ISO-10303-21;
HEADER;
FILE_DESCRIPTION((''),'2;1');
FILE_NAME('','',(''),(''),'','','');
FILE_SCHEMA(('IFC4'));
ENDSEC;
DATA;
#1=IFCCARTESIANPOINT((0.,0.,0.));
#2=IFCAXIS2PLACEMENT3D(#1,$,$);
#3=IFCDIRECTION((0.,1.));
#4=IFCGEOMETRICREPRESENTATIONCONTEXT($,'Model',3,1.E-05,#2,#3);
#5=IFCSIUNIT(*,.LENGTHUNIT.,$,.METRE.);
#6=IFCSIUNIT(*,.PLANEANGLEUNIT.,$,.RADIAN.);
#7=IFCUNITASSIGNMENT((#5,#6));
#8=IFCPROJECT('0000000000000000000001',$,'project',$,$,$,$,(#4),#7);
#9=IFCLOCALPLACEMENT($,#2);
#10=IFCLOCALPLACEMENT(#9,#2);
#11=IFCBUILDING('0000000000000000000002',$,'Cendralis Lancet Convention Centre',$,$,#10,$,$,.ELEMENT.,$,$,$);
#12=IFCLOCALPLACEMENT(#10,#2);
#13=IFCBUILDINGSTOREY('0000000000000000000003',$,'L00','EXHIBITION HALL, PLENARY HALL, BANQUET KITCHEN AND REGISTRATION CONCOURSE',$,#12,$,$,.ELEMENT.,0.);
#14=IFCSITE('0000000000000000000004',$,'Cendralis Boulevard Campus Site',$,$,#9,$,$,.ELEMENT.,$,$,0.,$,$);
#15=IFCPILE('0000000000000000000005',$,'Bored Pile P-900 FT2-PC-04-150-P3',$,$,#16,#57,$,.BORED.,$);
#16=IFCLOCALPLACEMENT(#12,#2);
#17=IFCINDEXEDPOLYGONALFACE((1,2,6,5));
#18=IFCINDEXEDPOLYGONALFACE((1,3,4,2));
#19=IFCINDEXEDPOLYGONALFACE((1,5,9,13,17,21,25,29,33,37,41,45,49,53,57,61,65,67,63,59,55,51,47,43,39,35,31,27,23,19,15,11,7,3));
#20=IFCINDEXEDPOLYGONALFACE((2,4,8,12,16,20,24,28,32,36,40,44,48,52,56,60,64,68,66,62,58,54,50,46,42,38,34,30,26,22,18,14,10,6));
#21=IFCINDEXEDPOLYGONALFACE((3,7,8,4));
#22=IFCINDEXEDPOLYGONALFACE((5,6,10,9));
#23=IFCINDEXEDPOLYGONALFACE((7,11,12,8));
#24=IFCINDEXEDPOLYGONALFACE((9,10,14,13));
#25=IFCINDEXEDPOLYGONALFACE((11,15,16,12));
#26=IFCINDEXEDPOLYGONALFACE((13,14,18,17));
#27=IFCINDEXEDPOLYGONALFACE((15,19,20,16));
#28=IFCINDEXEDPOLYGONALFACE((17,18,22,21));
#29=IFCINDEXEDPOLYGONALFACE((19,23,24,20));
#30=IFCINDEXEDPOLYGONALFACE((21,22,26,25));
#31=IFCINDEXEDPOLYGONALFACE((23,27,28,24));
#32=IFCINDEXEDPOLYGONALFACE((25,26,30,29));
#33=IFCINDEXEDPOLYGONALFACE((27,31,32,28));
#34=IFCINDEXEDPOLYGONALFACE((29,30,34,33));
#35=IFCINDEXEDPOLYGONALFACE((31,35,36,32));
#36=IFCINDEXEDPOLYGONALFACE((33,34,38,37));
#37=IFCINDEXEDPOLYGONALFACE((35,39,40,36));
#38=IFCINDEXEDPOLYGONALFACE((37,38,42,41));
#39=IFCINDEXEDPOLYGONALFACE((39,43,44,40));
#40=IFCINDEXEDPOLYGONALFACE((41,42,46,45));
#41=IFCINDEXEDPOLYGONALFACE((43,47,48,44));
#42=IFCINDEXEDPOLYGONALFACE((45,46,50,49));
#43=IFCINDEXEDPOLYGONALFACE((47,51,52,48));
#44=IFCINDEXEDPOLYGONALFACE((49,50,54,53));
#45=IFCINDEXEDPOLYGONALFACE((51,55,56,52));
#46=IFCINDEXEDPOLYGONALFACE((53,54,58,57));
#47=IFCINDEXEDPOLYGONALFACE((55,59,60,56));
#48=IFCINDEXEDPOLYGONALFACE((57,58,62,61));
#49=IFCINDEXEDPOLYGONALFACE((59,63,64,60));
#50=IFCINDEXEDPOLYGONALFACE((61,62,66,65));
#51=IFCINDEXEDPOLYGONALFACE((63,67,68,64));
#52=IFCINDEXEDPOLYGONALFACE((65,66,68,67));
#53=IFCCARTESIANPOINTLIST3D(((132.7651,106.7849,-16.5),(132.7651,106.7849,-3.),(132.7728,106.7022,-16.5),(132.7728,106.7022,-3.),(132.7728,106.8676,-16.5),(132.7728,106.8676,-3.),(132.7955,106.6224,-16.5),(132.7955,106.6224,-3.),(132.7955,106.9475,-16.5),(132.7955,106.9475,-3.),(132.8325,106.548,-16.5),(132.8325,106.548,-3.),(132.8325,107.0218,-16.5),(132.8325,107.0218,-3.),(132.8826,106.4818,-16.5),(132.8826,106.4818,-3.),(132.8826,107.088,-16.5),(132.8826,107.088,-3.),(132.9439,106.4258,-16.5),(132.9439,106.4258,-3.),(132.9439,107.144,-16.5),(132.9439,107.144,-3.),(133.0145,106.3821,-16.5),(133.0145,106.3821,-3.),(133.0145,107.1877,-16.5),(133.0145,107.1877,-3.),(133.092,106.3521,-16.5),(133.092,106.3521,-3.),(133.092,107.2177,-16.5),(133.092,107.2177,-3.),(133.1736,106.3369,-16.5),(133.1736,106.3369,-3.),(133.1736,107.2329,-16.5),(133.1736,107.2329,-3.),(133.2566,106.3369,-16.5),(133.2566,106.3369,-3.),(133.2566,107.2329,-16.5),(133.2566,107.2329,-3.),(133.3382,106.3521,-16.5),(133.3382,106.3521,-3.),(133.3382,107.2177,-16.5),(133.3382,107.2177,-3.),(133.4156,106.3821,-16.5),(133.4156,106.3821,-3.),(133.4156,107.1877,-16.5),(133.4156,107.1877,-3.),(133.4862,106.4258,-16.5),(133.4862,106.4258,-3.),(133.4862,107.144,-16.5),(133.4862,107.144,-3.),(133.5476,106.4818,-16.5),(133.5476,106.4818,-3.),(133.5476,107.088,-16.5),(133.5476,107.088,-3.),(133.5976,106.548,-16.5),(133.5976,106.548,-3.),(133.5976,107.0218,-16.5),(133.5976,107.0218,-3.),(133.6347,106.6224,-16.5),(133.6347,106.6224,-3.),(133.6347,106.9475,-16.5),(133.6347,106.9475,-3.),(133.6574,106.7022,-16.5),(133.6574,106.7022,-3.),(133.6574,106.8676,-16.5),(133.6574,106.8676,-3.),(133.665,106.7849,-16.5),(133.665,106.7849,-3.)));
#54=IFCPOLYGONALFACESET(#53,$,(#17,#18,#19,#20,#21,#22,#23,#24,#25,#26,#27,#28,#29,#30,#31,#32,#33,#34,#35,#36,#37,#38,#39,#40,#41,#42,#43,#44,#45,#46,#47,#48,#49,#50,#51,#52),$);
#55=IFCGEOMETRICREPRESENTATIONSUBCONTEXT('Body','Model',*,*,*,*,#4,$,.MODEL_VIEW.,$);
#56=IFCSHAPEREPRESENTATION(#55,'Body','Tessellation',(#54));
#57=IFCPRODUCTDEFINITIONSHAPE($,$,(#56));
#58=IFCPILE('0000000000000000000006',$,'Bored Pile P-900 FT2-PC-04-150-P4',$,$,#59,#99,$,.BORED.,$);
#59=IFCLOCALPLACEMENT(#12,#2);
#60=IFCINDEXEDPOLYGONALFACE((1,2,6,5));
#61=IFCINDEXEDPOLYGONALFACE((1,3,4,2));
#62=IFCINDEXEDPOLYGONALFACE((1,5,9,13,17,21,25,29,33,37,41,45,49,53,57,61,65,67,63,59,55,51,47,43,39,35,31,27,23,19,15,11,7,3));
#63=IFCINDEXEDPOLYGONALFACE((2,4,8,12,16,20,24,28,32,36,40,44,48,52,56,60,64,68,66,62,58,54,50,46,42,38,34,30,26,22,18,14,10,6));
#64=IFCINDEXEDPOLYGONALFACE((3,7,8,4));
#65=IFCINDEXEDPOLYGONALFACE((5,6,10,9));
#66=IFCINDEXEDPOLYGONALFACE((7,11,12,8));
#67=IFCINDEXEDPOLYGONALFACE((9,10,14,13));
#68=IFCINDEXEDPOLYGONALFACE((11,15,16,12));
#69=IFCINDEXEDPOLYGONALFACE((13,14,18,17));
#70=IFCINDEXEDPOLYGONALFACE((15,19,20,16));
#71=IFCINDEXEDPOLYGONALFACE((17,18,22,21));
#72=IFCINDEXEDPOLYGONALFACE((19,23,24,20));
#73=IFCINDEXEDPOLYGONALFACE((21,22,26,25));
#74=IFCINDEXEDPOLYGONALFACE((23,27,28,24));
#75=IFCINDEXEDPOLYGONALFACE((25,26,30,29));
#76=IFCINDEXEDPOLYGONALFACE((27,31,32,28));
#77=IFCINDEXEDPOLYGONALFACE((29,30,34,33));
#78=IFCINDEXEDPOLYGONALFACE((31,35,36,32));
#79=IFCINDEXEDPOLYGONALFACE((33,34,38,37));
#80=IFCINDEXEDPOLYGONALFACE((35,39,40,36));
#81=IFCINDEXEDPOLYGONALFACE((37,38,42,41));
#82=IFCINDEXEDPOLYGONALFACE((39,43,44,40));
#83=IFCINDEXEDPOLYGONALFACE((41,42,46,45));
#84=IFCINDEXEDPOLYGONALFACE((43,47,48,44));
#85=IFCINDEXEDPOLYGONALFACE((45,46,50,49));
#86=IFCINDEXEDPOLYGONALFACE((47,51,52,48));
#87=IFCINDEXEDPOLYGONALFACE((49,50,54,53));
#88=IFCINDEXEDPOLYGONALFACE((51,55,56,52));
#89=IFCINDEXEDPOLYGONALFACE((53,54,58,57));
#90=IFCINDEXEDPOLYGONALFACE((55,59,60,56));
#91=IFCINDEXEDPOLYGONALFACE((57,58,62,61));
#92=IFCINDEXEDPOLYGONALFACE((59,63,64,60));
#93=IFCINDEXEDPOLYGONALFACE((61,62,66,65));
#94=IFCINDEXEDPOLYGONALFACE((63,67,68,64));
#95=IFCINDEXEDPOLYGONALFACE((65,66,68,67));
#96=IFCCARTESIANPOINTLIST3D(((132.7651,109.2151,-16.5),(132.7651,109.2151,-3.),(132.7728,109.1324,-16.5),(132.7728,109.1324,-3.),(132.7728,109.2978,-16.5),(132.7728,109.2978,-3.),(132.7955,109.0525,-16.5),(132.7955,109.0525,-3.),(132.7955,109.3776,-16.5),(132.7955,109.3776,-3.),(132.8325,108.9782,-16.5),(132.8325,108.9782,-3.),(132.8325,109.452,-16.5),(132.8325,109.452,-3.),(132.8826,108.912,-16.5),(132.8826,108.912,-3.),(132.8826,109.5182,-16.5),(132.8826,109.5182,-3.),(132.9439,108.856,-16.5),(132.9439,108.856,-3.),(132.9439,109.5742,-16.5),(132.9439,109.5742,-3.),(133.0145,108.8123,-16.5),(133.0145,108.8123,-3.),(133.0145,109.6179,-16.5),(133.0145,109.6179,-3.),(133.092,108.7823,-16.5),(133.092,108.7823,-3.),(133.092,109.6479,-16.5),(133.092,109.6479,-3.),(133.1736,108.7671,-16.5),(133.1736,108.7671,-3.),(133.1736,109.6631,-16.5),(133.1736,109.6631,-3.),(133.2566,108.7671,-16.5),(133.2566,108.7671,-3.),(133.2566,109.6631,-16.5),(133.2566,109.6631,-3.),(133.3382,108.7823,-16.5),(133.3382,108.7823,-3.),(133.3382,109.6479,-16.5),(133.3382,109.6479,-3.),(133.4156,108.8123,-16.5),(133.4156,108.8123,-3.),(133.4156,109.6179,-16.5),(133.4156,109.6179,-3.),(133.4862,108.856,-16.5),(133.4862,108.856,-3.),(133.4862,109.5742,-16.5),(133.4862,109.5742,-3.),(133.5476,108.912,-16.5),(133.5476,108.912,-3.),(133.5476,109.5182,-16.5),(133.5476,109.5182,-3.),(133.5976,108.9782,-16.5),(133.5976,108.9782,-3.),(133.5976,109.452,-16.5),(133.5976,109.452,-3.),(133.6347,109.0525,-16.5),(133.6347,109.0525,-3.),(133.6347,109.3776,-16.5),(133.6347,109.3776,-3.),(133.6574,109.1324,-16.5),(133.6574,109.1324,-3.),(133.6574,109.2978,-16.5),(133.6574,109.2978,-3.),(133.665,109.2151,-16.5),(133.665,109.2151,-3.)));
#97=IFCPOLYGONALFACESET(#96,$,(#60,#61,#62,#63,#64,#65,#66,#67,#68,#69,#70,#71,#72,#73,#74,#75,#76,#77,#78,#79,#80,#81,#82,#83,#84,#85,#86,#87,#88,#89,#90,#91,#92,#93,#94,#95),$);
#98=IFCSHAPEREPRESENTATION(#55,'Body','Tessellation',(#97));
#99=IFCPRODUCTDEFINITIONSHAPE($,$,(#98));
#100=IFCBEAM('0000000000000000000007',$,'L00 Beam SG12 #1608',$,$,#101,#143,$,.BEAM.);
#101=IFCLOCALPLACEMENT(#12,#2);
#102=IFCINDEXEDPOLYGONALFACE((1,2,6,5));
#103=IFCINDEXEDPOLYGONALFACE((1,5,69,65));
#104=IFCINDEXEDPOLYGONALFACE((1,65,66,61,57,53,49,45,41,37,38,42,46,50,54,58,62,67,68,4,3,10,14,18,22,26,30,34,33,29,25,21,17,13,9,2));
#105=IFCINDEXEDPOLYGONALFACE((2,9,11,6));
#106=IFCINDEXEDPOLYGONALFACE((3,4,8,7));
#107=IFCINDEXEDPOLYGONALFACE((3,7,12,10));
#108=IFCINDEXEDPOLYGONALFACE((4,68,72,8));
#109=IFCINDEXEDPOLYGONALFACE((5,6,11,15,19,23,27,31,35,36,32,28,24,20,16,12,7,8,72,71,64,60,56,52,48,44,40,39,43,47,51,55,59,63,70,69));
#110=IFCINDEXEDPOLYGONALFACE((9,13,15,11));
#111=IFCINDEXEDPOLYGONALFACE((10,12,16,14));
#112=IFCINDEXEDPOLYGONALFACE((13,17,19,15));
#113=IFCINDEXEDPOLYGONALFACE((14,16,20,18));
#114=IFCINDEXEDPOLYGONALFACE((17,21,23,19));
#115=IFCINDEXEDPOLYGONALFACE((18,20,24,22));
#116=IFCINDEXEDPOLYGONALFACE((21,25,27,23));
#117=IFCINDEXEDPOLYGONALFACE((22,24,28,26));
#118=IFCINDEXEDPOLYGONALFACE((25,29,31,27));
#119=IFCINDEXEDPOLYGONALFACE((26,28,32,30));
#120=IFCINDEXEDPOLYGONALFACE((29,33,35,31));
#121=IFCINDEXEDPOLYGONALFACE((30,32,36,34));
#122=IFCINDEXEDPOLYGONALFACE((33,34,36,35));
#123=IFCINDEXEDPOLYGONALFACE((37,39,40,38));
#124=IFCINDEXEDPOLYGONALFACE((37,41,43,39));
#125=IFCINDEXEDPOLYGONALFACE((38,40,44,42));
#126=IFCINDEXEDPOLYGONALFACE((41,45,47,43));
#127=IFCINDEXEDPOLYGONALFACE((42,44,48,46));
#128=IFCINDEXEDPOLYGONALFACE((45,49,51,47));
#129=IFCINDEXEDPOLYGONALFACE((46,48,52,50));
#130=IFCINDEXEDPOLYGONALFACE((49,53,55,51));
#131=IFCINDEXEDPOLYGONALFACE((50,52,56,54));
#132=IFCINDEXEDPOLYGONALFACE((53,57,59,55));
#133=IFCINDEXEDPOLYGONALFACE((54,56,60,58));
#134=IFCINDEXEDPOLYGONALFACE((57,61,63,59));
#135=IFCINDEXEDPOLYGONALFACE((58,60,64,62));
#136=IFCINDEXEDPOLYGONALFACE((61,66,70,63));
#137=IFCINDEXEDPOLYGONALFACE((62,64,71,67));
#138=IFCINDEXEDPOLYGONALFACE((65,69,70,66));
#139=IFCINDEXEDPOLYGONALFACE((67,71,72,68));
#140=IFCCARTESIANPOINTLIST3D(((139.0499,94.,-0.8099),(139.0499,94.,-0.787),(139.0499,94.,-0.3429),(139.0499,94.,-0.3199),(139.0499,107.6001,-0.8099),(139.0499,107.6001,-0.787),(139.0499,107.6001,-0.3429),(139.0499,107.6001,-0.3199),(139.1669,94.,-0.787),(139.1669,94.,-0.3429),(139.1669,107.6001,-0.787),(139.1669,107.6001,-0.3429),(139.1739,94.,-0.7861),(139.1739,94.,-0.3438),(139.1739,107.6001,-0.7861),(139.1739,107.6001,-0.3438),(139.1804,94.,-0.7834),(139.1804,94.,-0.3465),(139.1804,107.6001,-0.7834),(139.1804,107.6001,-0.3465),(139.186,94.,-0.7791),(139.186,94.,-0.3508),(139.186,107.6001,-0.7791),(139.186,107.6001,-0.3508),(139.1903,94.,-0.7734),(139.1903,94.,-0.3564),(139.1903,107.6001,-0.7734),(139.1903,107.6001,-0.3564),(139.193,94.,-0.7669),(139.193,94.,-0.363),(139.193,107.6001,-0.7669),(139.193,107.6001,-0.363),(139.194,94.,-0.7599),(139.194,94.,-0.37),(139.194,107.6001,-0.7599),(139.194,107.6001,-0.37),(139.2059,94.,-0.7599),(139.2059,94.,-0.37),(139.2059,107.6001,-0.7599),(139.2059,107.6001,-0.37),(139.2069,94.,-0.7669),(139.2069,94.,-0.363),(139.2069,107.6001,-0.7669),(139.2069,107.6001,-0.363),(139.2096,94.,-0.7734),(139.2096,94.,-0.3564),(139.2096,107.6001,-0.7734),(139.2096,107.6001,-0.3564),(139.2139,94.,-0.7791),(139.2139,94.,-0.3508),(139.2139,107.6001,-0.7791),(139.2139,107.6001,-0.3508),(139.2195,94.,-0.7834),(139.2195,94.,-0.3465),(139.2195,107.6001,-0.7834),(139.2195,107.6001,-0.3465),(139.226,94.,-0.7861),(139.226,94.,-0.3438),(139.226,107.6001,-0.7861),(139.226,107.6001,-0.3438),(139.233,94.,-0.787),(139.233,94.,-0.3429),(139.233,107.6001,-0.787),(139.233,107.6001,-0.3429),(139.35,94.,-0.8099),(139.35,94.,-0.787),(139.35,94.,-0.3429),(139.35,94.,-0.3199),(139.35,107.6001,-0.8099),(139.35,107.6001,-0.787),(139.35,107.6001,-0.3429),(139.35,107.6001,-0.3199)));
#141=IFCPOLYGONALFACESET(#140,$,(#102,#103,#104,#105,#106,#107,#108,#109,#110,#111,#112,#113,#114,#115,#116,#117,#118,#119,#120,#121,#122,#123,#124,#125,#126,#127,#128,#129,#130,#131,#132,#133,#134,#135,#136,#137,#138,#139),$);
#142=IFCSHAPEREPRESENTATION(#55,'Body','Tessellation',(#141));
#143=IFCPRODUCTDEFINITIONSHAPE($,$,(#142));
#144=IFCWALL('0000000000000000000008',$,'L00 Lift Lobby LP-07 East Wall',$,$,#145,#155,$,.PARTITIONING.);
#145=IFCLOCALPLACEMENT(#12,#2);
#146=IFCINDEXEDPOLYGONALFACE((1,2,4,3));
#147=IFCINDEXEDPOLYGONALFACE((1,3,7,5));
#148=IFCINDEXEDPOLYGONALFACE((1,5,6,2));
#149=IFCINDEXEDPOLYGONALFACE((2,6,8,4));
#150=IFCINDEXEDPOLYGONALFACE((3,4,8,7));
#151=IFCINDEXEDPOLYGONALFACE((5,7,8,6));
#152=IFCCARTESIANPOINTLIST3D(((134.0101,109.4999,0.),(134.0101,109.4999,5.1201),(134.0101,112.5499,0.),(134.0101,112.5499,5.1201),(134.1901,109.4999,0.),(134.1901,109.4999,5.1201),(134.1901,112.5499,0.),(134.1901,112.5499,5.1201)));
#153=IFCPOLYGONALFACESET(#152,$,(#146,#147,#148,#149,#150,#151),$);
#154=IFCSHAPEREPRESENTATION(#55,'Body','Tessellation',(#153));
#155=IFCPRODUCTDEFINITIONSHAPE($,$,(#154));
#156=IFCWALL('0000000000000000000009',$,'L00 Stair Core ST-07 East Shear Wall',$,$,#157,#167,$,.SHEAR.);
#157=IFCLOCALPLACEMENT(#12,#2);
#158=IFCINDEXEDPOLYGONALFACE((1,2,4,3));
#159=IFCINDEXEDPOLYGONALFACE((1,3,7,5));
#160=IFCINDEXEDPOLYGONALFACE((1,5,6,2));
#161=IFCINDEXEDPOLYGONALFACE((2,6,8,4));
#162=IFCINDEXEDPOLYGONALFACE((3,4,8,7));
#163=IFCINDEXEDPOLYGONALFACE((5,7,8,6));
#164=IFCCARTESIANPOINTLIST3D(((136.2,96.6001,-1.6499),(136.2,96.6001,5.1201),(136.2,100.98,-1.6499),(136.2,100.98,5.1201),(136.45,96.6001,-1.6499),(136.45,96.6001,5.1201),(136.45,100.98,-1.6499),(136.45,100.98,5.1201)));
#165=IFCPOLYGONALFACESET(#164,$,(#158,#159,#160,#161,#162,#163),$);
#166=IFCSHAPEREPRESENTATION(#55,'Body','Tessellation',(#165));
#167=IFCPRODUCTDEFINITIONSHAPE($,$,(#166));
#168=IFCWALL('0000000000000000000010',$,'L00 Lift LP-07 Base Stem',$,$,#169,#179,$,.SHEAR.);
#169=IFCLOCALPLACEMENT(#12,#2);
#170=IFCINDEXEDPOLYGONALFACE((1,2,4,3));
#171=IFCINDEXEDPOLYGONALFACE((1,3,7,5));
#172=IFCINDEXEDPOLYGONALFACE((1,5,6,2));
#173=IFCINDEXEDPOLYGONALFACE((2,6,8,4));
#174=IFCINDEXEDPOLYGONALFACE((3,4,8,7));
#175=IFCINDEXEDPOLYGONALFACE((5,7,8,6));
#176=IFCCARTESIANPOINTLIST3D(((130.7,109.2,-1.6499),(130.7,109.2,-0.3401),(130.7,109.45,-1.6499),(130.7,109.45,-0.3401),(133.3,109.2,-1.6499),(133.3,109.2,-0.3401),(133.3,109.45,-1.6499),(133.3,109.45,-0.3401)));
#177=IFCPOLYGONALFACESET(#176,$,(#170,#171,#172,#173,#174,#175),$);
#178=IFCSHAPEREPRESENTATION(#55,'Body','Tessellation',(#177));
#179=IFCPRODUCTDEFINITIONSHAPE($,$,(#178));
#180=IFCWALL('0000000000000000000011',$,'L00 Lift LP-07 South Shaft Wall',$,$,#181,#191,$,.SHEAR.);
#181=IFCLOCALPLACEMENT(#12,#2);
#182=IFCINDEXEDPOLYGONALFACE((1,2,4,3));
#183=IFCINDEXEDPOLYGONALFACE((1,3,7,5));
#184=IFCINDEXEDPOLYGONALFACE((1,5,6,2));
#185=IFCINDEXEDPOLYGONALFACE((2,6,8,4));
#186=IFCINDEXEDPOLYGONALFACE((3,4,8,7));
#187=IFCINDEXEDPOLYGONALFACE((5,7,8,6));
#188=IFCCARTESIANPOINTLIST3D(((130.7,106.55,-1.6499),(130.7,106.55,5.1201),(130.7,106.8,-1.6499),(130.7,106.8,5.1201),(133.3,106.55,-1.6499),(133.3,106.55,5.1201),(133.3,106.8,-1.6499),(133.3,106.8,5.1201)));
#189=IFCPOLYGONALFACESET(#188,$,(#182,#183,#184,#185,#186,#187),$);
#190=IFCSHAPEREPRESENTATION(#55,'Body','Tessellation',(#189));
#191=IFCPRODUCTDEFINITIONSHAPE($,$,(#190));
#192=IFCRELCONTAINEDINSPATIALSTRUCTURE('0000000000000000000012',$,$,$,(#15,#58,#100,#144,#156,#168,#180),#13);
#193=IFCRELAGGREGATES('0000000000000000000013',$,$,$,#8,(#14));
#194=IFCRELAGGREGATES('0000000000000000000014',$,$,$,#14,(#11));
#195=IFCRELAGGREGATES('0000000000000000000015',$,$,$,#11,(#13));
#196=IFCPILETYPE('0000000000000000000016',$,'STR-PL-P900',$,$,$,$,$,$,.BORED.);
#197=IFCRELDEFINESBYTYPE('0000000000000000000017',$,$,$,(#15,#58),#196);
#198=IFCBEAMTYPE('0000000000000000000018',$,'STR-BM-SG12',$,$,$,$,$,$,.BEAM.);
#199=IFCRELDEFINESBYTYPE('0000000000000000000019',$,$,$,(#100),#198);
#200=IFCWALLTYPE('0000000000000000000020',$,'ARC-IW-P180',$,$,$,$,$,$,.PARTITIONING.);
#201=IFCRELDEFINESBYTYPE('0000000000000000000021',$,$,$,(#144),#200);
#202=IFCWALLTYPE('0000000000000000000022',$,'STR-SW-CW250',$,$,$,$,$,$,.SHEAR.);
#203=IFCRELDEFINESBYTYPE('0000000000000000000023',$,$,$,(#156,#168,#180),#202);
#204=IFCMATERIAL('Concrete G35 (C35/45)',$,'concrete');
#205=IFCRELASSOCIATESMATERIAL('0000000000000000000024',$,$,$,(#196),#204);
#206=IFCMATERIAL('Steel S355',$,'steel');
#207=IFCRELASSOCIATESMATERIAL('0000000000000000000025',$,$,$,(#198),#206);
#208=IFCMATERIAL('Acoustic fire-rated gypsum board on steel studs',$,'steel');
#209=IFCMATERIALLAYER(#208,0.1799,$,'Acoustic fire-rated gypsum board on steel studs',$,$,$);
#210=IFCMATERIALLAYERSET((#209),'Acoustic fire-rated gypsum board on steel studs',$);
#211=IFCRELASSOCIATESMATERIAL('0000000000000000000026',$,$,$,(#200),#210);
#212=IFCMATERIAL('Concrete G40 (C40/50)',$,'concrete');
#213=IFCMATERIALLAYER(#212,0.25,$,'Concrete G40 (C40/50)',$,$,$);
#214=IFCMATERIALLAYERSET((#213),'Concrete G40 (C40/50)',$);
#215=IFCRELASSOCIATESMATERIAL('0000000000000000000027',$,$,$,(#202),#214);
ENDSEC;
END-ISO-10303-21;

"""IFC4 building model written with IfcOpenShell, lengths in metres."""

from ifc_helpers import new_model, si_unit, direction, frame, frame_2d, origin, origin_2d, place, context, subcontext, project, spatial, rectangle, circle, i_section, extrude, material, layer, layer_set, material_profile, profile_set, type_object, element, save


model = new_model("IFC4")

# Units and contexts
model_context = context("Model", 3, precision=1e-05, world=origin(), true_north=direction((0.0, 1.0)))
body_context = subcontext(model_context, "Body", "Model", "MODEL_VIEW")
ifc_project = project(units=[si_unit("LENGTHUNIT", "METRE"), si_unit("PLANEANGLEUNIT", "RADIAN")], contexts=[model_context])

# Site, building, storey
site_placement = place(None, origin())
site = spatial("IfcSite", under=ifc_project, at=site_placement, Name="Cendralis Boulevard Campus Site", CompositionType="ELEMENT", RefElevation=0.0)
building_placement = place(site_placement, origin())
building = spatial("IfcBuilding", under=site, at=building_placement, Name="Cendralis Lancet Convention Centre", CompositionType="ELEMENT")
storey_placement = place(building_placement, origin())
storey = spatial("IfcBuildingStorey", under=building, at=storey_placement, Name="L00", Description="EXHIBITION HALL, PLENARY HALL, BANQUET KITCHEN AND REGISTRATION CONCOURSE", CompositionType="ELEMENT", Elevation=0.0)

# Shared definitions
ifc_material_1 = material(Name="Concrete G35 (C35/45)", Category="concrete")

# Piles
ifc_material_profile_1 = material_profile(ifc_material_1, circle(Radius=0.45, at=origin_2d()), Name="BORED PILE D900")
ifc_profile_set_1 = profile_set([ifc_material_profile_1], Name="Concrete G35 (C35/45)")
pile_type_1 = type_object("IfcPileType", Name="STR-PL-P900", PredefinedType="BORED", material=ifc_profile_set_1)
for number, where, z_axis, x_axis, name in (
    (1, (133.2151, 106.7849, -3.0), (0.0, 0.0, -1.0), (1.0, 0.0, 0.0), "Bored Pile P-900 FT2-PC-04-150-P3"),
    (2, (133.2151, 109.2151, -3.0), (0.0, 0.0, -1.0), (1.0, 0.0, 0.0), "Bored Pile P-900 FT2-PC-04-150-P4"),
):
    element("IfcPile", number, at=place(storey_placement, frame(where, z_axis=z_axis, x_axis=x_axis)), inside=storey, type_object=pile_type_1, Name=name, PredefinedType="BORED", context=body_context, shape_type="SweptSolid", body=[
        extrude(circle(Radius=0.45, at=origin_2d()), origin(), (0.0, 0.0, 1.0), 13.5),
    ])

# Beam
ifc_material_2 = material(Name="Steel S355", Category="steel")
ifc_material_profile_2 = material_profile(ifc_material_2, i_section(OverallWidth=0.3, OverallDepth=0.49, WebThickness=0.012, FlangeThickness=0.0229, FilletRadius=0.0271, at=origin_2d()), Name="HEA 500")
ifc_profile_set_2 = profile_set([ifc_material_profile_2], Name="Steel S355")
beam_type = type_object("IfcBeamType", Name="STR-BM-SG12", PredefinedType="BEAM", material=ifc_profile_set_2)
beam_placement = place(storey_placement, frame((139.2, 94.0, -0.5649), z_axis=(0.0, 1.0, 0.0), x_axis=(-1.0, 0.0, 0.0)))
element("IfcBeam", 3, at=beam_placement, inside=storey, type_object=beam_type, Name="L00 Beam SG12 #1608", PredefinedType="BEAM", context=body_context, shape_type="SweptSolid", body=[
    extrude(i_section(OverallWidth=0.3, OverallDepth=0.49, WebThickness=0.012, FlangeThickness=0.0229, FilletRadius=0.0271, at=origin_2d()), origin(), (0.0, 0.0, 1.0), 13.6001),
])

# Walls
ifc_material_3 = material(Name="Acoustic fire-rated gypsum board on steel studs", Category="steel")
ifc_layer_1 = layer(ifc_material_3, 0.1799, Name="Acoustic fire-rated gypsum board on steel studs")
ifc_layer_set_1 = layer_set([ifc_layer_1], Name="Acoustic fire-rated gypsum board on steel studs")
wall_type_1 = type_object("IfcWallType", Name="ARC-IW-P180", PredefinedType="PARTITIONING", material=ifc_layer_set_1)
wall_1_placement = place(storey_placement, frame((134.1001, 109.5, 0.0), z_axis=(0.0, 0.0, 1.0), x_axis=(0.0, 1.0, 0.0)))
element("IfcWall", 4, at=wall_1_placement, inside=storey, type_object=wall_type_1, Name="L00 Lift Lobby LP-07 East Wall", PredefinedType="PARTITIONING", context=body_context, shape_type="SweptSolid", body=[
    extrude(rectangle(XDim=3.05, YDim=0.1799, at=frame_2d((1.5249, 0.0))), origin(), (0.0, 0.0, 1.0), 5.1201),
])
ifc_material_4 = material(Name="Concrete G40 (C40/50)", Category="concrete")
ifc_layer_2 = layer(ifc_material_4, 0.25, Name="Concrete G40 (C40/50)")
ifc_layer_set_2 = layer_set([ifc_layer_2], Name="Concrete G40 (C40/50)")
wall_type_2 = type_object("IfcWallType", Name="STR-SW-CW250", PredefinedType="SHEAR", material=ifc_layer_set_2)
wall_2_placement = place(storey_placement, frame((136.325, 96.6001, -1.6499), z_axis=(0.0, 0.0, 1.0), x_axis=(0.0, 1.0, 0.0)))
element("IfcWall", 5, at=wall_2_placement, inside=storey, type_object=wall_type_2, Name="L00 Stair Core ST-07 East Shear Wall", PredefinedType="SHEAR", context=body_context, shape_type="SweptSolid", body=[
    extrude(rectangle(XDim=4.3799, YDim=0.25, at=frame_2d((2.1899, 0.0))), origin(), (0.0, 0.0, 1.0), 6.77),
])
wall_3_placement = place(storey_placement, frame((130.7, 109.325, -1.6499), z_axis=(0.0, 0.0, 1.0), x_axis=(1.0, 0.0, 0.0)))
element("IfcWall", 6, at=wall_3_placement, inside=storey, type_object=wall_type_2, Name="L00 Lift LP-07 Base Stem", PredefinedType="SHEAR", context=body_context, shape_type="SweptSolid", body=[
    extrude(rectangle(XDim=2.6001, YDim=0.25, at=frame_2d((1.3, 0.0))), origin(), (0.0, 0.0, 1.0), 1.3098),
])
wall_4_placement = place(storey_placement, frame((130.7, 106.675, -1.6499), z_axis=(0.0, 0.0, 1.0), x_axis=(1.0, 0.0, 0.0)))
element("IfcWall", 7, at=wall_4_placement, inside=storey, type_object=wall_type_2, Name="L00 Lift LP-07 South Shaft Wall", PredefinedType="SHEAR", context=body_context, shape_type="SweptSolid", body=[
    extrude(rectangle(XDim=2.6001, YDim=0.25, at=frame_2d((1.3, 0.0))), origin(), (0.0, 0.0, 1.0), 6.77),
])

save(model, "model.ifc")
